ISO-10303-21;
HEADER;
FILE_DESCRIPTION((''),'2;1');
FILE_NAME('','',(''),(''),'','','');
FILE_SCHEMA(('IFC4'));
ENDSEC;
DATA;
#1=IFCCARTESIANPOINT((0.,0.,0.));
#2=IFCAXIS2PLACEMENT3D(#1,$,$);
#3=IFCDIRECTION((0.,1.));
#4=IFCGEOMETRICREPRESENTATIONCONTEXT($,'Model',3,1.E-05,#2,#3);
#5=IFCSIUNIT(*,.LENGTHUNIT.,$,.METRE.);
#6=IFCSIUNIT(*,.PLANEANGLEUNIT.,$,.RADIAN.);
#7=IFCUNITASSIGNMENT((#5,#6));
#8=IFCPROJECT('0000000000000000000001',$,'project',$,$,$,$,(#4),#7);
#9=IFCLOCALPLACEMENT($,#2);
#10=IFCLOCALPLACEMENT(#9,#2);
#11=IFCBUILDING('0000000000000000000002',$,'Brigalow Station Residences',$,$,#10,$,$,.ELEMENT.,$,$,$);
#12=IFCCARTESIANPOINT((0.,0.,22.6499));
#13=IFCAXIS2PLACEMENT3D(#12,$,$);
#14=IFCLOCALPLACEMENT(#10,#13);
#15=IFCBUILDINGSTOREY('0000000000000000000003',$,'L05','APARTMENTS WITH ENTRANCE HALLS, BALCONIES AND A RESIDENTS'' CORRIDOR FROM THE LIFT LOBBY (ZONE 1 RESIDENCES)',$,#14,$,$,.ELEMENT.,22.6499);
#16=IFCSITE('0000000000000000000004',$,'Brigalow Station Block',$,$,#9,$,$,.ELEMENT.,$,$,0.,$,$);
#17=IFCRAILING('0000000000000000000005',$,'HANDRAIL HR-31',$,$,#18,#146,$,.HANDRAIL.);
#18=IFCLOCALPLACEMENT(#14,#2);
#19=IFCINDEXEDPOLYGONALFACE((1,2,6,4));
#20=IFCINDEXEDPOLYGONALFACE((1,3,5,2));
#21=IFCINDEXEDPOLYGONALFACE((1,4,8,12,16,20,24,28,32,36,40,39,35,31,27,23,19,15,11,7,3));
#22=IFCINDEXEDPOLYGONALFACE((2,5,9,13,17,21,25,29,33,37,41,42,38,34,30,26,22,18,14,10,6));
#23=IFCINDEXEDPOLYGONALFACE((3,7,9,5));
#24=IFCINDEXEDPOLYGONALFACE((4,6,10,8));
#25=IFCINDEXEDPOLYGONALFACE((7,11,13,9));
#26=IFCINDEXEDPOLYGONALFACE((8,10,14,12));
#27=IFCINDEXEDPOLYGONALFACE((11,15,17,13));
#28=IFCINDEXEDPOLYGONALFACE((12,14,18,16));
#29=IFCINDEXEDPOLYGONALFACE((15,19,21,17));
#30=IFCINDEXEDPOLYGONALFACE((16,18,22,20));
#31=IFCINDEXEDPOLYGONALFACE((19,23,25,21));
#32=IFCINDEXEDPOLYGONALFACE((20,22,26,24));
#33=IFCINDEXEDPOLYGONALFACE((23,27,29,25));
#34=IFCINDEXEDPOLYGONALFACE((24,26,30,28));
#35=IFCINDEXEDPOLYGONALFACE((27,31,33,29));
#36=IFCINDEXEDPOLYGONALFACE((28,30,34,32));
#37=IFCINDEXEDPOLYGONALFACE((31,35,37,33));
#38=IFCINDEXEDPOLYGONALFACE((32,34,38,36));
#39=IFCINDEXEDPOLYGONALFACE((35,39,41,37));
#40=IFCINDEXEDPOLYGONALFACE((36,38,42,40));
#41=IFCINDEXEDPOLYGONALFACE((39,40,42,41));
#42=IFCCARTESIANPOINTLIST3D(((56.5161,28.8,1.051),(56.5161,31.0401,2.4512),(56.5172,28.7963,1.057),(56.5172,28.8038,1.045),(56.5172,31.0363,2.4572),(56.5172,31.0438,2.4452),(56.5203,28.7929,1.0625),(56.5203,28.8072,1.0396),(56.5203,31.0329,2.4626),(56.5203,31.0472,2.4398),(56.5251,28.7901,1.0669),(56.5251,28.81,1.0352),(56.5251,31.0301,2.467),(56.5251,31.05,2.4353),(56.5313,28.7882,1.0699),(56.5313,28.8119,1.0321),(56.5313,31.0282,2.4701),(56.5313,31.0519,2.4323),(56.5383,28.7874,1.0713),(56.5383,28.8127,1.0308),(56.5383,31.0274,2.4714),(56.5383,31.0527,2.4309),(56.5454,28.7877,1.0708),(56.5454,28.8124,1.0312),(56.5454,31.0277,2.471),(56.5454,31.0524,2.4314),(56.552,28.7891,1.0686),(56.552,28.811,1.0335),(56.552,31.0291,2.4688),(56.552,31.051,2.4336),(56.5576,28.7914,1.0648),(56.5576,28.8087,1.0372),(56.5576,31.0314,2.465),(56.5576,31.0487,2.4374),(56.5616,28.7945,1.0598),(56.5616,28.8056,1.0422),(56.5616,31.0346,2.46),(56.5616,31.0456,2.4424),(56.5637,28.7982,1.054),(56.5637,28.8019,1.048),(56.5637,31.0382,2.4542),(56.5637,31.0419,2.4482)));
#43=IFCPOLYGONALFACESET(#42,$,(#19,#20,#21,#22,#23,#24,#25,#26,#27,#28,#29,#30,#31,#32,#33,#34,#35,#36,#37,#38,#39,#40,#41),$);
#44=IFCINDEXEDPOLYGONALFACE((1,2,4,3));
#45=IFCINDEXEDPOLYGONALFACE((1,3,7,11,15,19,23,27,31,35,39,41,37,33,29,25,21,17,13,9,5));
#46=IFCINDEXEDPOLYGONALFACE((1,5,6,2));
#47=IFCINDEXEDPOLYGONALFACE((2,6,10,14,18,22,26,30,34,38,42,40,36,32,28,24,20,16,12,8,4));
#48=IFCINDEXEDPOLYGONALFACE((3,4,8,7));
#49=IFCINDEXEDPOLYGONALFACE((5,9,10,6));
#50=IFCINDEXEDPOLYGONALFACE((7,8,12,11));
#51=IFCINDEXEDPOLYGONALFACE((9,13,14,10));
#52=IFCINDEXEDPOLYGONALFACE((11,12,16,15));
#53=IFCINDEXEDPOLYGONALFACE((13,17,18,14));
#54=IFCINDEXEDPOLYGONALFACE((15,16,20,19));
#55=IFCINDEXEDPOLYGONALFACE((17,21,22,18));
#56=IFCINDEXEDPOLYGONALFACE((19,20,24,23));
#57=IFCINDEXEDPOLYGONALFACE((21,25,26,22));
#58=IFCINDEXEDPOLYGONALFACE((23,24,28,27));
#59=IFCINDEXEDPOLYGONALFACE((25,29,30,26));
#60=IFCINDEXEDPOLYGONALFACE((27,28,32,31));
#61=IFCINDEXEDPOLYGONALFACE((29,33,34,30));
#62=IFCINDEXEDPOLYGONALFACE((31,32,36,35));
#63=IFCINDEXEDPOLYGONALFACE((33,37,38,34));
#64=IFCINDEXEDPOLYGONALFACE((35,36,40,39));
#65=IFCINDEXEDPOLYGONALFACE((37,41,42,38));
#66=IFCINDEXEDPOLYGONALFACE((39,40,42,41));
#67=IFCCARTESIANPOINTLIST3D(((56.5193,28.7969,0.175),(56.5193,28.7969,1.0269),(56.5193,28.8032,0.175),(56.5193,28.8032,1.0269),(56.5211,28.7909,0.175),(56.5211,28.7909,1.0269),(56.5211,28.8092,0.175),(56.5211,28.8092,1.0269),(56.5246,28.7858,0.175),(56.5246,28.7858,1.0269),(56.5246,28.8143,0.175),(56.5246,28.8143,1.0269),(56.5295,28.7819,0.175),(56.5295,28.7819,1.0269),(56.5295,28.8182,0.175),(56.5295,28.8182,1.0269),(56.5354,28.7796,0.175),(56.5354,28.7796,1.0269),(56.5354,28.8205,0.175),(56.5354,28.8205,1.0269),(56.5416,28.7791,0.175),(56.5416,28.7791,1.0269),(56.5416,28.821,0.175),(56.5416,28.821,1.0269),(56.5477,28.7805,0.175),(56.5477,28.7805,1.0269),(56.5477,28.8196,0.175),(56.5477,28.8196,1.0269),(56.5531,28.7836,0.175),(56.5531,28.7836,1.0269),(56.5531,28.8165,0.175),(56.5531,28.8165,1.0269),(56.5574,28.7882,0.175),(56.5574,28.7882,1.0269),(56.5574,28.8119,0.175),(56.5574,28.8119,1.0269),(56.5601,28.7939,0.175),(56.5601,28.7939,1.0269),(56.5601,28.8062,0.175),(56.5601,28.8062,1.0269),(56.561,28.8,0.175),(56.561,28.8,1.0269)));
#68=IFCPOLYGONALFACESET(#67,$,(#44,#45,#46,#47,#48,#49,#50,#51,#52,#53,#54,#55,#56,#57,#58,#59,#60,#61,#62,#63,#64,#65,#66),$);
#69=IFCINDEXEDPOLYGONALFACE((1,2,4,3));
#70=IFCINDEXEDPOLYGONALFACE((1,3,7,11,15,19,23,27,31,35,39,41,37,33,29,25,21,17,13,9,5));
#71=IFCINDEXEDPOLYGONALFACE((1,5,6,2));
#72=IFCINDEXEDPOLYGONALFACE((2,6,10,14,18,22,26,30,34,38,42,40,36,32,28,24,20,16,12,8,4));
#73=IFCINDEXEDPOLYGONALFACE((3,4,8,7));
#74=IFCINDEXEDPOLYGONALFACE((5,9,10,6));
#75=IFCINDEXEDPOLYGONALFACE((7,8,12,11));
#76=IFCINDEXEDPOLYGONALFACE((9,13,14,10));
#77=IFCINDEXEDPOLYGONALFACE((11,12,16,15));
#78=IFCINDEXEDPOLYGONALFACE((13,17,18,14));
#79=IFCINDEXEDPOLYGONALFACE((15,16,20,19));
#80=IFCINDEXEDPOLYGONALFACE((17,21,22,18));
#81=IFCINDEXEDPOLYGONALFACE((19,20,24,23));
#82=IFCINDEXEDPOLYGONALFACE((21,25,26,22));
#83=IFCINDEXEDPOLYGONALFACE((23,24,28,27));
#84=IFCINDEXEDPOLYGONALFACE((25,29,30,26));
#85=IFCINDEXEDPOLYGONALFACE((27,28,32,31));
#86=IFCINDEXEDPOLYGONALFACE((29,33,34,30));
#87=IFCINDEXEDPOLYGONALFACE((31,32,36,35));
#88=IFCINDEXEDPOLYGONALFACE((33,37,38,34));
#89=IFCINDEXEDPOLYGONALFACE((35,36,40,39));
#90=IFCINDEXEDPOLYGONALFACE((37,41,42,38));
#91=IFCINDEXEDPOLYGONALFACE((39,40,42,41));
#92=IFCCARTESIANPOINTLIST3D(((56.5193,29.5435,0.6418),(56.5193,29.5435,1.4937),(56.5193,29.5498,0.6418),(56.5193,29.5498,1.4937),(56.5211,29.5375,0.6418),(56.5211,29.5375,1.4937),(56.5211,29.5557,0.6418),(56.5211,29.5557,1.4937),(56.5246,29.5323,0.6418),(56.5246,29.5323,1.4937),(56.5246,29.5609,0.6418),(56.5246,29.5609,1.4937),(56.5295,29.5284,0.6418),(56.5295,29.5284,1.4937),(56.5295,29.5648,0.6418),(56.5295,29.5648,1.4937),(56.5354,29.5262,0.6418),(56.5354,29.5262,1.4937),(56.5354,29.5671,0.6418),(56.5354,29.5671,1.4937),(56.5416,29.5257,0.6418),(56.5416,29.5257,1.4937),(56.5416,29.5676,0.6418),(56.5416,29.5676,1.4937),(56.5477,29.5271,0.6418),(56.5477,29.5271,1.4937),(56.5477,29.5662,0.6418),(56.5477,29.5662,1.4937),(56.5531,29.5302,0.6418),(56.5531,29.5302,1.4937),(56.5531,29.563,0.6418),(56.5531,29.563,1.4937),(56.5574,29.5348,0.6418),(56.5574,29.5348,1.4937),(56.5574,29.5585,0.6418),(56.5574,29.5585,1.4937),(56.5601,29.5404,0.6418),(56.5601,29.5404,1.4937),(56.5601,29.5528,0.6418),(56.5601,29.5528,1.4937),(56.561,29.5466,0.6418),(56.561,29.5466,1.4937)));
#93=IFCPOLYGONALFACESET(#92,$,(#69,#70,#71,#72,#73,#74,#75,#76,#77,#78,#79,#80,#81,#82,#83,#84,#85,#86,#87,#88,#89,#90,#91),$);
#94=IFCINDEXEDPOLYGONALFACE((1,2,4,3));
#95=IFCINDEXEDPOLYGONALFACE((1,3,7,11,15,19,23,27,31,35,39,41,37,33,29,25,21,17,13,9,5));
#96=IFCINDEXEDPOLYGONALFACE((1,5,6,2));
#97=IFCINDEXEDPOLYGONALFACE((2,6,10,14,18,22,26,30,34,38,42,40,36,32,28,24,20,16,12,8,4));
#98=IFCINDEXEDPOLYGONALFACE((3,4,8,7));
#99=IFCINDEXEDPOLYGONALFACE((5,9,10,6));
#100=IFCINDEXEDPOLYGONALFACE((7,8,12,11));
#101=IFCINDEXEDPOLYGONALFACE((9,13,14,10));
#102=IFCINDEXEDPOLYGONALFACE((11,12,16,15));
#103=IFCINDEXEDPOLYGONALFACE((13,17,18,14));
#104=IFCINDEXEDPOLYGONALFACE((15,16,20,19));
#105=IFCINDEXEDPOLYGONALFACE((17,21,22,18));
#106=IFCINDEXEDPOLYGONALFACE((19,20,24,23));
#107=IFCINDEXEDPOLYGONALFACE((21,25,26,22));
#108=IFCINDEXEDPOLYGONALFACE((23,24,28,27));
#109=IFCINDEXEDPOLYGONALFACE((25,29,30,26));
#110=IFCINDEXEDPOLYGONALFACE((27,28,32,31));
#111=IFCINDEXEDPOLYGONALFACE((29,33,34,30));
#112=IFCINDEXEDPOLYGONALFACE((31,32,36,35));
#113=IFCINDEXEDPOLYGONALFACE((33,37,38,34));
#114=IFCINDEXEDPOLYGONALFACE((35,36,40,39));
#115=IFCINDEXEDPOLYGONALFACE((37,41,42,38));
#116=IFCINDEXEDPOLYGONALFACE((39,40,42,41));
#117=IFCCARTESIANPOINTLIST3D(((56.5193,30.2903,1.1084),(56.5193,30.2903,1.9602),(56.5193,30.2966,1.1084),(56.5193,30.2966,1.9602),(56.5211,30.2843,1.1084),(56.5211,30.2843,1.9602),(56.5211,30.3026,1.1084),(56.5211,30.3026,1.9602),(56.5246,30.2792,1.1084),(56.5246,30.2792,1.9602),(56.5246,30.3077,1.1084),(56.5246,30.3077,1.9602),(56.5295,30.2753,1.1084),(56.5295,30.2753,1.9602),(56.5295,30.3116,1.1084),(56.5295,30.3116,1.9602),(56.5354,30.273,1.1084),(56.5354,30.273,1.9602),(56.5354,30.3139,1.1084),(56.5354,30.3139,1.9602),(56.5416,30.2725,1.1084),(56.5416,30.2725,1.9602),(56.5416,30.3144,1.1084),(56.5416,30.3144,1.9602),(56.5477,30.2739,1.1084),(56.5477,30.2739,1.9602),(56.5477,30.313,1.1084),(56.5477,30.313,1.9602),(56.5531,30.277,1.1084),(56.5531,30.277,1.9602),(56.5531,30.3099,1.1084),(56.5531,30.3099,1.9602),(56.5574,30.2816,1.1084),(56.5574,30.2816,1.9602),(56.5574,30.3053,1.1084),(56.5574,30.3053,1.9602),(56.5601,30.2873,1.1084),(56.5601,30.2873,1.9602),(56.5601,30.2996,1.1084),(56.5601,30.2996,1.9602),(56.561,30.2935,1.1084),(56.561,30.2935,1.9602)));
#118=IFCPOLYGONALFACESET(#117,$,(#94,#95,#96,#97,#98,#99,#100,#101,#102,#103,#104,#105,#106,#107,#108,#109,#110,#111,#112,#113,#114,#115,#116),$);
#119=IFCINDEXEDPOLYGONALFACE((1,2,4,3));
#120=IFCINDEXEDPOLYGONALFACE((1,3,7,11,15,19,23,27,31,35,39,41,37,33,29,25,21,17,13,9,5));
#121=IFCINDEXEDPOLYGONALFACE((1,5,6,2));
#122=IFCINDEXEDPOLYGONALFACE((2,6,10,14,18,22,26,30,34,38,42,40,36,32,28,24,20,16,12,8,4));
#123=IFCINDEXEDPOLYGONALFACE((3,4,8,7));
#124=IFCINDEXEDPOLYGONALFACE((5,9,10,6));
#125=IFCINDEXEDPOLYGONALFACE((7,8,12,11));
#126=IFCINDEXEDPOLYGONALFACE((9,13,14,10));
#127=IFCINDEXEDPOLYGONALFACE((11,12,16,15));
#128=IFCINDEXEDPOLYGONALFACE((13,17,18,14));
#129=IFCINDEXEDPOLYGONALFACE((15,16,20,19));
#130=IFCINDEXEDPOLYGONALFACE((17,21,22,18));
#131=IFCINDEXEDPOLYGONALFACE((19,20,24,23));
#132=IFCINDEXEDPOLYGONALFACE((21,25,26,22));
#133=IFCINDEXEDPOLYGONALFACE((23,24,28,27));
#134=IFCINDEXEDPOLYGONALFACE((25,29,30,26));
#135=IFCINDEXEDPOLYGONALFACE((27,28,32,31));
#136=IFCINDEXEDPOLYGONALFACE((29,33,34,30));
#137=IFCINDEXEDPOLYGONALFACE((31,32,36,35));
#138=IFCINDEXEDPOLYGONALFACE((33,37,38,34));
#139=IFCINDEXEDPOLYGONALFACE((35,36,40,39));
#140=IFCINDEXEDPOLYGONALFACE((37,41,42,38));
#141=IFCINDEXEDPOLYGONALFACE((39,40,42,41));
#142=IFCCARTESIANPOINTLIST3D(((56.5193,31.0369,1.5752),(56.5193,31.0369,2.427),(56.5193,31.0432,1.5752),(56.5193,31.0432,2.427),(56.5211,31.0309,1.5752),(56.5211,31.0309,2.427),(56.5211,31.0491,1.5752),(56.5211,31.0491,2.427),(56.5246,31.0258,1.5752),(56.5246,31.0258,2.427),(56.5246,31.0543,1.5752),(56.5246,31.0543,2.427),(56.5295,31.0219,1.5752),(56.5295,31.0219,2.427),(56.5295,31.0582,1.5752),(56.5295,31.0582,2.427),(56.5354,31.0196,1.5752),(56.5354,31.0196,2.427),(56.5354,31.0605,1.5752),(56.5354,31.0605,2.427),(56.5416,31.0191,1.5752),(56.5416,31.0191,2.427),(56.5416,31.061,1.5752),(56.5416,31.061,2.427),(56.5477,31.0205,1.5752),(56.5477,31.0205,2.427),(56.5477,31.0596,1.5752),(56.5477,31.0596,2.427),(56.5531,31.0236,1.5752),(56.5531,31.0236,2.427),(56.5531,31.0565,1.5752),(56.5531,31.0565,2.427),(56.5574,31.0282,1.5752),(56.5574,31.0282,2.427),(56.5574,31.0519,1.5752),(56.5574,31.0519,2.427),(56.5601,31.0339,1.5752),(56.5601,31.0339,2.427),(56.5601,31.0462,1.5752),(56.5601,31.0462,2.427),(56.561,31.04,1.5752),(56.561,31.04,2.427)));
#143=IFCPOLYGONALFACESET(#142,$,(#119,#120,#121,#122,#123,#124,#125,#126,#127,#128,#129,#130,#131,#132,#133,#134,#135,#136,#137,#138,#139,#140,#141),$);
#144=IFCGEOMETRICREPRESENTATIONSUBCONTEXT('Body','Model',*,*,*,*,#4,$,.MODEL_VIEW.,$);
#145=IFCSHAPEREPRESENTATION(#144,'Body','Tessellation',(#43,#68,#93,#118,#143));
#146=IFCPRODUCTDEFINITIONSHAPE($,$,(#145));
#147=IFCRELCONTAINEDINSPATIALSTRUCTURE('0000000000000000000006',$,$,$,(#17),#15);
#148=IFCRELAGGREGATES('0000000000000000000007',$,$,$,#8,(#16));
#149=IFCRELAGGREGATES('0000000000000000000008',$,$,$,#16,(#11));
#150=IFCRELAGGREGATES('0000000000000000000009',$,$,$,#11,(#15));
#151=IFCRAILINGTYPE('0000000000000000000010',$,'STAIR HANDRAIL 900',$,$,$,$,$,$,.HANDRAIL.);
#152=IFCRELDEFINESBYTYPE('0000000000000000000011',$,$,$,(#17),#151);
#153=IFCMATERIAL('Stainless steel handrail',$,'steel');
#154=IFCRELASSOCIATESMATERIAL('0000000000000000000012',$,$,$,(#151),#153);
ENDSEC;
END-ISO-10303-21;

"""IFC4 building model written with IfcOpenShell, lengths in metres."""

from ifc_helpers import new_model, si_unit, direction, frame, origin, origin_2d, place, context, subcontext, project, spatial, circle, extrude, material, type_object, element, save


model = new_model("IFC4")

# Units and contexts
model_context = context("Model", 3, precision=1e-05, world=origin(), true_north=direction((0.0, 1.0)))
body_context = subcontext(model_context, "Body", "Model", "MODEL_VIEW")
ifc_project = project(units=[si_unit("LENGTHUNIT", "METRE"), si_unit("PLANEANGLEUNIT", "RADIAN")], contexts=[model_context])

# Site, building, storey
site_placement = place(None, origin())
site = spatial("IfcSite", under=ifc_project, at=site_placement, Name="Brigalow Station Block", CompositionType="ELEMENT", RefElevation=0.0)
building_placement = place(site_placement, origin())
building = spatial("IfcBuilding", under=site, at=building_placement, Name="Brigalow Station Residences", CompositionType="ELEMENT")
storey_placement = place(building_placement, frame((0.0, 0.0, 22.6499)))
storey = spatial("IfcBuildingStorey", under=building, at=storey_placement, Name="L05", Description="APARTMENTS WITH ENTRANCE HALLS, BALCONIES AND A RESIDENTS' CORRIDOR FROM THE LIFT LOBBY (ZONE 1 RESIDENCES)", CompositionType="ELEMENT", Elevation=22.6499)

# Railing
ifc_material_1 = material(Name="Stainless steel handrail", Category="steel")
railing_type = type_object("IfcRailingType", Name="STAIR HANDRAIL 900", PredefinedType="HANDRAIL", material=ifc_material_1)
railing_placement = place(storey_placement, frame((56.54, 28.8, 0.175)))
element("IfcRailing", 1, at=railing_placement, inside=storey, type_object=railing_type, Name="HANDRAIL HR-31", PredefinedType="HANDRAIL", context=body_context, shape_type="SweptSolid", body=[
    extrude(circle(Radius=0.0239, at=origin_2d()), frame((0.0, 0.0, 0.876), z_axis=(0.0, 0.847972, 0.53004), x_axis=(-1.0, 0.0, 0.0)), (0.0, 0.0, 1.0), 2.6416),
    extrude(circle(Radius=0.021, at=origin_2d()), origin(), (0.0, 0.0, 1.0), 0.8518),
    extrude(circle(Radius=0.021, at=origin_2d()), frame((0.0, 0.7466, 0.4668)), (0.0, 0.0, 1.0), 0.8518),
    extrude(circle(Radius=0.021, at=origin_2d()), frame((0.0, 1.4934, 0.9333)), (0.0, 0.0, 1.0), 0.8518),
    extrude(circle(Radius=0.021, at=origin_2d()), frame((0.0, 2.24, 1.4001)), (0.0, 0.0, 1.0), 0.8518),
])

save(model, "model.ifc")
